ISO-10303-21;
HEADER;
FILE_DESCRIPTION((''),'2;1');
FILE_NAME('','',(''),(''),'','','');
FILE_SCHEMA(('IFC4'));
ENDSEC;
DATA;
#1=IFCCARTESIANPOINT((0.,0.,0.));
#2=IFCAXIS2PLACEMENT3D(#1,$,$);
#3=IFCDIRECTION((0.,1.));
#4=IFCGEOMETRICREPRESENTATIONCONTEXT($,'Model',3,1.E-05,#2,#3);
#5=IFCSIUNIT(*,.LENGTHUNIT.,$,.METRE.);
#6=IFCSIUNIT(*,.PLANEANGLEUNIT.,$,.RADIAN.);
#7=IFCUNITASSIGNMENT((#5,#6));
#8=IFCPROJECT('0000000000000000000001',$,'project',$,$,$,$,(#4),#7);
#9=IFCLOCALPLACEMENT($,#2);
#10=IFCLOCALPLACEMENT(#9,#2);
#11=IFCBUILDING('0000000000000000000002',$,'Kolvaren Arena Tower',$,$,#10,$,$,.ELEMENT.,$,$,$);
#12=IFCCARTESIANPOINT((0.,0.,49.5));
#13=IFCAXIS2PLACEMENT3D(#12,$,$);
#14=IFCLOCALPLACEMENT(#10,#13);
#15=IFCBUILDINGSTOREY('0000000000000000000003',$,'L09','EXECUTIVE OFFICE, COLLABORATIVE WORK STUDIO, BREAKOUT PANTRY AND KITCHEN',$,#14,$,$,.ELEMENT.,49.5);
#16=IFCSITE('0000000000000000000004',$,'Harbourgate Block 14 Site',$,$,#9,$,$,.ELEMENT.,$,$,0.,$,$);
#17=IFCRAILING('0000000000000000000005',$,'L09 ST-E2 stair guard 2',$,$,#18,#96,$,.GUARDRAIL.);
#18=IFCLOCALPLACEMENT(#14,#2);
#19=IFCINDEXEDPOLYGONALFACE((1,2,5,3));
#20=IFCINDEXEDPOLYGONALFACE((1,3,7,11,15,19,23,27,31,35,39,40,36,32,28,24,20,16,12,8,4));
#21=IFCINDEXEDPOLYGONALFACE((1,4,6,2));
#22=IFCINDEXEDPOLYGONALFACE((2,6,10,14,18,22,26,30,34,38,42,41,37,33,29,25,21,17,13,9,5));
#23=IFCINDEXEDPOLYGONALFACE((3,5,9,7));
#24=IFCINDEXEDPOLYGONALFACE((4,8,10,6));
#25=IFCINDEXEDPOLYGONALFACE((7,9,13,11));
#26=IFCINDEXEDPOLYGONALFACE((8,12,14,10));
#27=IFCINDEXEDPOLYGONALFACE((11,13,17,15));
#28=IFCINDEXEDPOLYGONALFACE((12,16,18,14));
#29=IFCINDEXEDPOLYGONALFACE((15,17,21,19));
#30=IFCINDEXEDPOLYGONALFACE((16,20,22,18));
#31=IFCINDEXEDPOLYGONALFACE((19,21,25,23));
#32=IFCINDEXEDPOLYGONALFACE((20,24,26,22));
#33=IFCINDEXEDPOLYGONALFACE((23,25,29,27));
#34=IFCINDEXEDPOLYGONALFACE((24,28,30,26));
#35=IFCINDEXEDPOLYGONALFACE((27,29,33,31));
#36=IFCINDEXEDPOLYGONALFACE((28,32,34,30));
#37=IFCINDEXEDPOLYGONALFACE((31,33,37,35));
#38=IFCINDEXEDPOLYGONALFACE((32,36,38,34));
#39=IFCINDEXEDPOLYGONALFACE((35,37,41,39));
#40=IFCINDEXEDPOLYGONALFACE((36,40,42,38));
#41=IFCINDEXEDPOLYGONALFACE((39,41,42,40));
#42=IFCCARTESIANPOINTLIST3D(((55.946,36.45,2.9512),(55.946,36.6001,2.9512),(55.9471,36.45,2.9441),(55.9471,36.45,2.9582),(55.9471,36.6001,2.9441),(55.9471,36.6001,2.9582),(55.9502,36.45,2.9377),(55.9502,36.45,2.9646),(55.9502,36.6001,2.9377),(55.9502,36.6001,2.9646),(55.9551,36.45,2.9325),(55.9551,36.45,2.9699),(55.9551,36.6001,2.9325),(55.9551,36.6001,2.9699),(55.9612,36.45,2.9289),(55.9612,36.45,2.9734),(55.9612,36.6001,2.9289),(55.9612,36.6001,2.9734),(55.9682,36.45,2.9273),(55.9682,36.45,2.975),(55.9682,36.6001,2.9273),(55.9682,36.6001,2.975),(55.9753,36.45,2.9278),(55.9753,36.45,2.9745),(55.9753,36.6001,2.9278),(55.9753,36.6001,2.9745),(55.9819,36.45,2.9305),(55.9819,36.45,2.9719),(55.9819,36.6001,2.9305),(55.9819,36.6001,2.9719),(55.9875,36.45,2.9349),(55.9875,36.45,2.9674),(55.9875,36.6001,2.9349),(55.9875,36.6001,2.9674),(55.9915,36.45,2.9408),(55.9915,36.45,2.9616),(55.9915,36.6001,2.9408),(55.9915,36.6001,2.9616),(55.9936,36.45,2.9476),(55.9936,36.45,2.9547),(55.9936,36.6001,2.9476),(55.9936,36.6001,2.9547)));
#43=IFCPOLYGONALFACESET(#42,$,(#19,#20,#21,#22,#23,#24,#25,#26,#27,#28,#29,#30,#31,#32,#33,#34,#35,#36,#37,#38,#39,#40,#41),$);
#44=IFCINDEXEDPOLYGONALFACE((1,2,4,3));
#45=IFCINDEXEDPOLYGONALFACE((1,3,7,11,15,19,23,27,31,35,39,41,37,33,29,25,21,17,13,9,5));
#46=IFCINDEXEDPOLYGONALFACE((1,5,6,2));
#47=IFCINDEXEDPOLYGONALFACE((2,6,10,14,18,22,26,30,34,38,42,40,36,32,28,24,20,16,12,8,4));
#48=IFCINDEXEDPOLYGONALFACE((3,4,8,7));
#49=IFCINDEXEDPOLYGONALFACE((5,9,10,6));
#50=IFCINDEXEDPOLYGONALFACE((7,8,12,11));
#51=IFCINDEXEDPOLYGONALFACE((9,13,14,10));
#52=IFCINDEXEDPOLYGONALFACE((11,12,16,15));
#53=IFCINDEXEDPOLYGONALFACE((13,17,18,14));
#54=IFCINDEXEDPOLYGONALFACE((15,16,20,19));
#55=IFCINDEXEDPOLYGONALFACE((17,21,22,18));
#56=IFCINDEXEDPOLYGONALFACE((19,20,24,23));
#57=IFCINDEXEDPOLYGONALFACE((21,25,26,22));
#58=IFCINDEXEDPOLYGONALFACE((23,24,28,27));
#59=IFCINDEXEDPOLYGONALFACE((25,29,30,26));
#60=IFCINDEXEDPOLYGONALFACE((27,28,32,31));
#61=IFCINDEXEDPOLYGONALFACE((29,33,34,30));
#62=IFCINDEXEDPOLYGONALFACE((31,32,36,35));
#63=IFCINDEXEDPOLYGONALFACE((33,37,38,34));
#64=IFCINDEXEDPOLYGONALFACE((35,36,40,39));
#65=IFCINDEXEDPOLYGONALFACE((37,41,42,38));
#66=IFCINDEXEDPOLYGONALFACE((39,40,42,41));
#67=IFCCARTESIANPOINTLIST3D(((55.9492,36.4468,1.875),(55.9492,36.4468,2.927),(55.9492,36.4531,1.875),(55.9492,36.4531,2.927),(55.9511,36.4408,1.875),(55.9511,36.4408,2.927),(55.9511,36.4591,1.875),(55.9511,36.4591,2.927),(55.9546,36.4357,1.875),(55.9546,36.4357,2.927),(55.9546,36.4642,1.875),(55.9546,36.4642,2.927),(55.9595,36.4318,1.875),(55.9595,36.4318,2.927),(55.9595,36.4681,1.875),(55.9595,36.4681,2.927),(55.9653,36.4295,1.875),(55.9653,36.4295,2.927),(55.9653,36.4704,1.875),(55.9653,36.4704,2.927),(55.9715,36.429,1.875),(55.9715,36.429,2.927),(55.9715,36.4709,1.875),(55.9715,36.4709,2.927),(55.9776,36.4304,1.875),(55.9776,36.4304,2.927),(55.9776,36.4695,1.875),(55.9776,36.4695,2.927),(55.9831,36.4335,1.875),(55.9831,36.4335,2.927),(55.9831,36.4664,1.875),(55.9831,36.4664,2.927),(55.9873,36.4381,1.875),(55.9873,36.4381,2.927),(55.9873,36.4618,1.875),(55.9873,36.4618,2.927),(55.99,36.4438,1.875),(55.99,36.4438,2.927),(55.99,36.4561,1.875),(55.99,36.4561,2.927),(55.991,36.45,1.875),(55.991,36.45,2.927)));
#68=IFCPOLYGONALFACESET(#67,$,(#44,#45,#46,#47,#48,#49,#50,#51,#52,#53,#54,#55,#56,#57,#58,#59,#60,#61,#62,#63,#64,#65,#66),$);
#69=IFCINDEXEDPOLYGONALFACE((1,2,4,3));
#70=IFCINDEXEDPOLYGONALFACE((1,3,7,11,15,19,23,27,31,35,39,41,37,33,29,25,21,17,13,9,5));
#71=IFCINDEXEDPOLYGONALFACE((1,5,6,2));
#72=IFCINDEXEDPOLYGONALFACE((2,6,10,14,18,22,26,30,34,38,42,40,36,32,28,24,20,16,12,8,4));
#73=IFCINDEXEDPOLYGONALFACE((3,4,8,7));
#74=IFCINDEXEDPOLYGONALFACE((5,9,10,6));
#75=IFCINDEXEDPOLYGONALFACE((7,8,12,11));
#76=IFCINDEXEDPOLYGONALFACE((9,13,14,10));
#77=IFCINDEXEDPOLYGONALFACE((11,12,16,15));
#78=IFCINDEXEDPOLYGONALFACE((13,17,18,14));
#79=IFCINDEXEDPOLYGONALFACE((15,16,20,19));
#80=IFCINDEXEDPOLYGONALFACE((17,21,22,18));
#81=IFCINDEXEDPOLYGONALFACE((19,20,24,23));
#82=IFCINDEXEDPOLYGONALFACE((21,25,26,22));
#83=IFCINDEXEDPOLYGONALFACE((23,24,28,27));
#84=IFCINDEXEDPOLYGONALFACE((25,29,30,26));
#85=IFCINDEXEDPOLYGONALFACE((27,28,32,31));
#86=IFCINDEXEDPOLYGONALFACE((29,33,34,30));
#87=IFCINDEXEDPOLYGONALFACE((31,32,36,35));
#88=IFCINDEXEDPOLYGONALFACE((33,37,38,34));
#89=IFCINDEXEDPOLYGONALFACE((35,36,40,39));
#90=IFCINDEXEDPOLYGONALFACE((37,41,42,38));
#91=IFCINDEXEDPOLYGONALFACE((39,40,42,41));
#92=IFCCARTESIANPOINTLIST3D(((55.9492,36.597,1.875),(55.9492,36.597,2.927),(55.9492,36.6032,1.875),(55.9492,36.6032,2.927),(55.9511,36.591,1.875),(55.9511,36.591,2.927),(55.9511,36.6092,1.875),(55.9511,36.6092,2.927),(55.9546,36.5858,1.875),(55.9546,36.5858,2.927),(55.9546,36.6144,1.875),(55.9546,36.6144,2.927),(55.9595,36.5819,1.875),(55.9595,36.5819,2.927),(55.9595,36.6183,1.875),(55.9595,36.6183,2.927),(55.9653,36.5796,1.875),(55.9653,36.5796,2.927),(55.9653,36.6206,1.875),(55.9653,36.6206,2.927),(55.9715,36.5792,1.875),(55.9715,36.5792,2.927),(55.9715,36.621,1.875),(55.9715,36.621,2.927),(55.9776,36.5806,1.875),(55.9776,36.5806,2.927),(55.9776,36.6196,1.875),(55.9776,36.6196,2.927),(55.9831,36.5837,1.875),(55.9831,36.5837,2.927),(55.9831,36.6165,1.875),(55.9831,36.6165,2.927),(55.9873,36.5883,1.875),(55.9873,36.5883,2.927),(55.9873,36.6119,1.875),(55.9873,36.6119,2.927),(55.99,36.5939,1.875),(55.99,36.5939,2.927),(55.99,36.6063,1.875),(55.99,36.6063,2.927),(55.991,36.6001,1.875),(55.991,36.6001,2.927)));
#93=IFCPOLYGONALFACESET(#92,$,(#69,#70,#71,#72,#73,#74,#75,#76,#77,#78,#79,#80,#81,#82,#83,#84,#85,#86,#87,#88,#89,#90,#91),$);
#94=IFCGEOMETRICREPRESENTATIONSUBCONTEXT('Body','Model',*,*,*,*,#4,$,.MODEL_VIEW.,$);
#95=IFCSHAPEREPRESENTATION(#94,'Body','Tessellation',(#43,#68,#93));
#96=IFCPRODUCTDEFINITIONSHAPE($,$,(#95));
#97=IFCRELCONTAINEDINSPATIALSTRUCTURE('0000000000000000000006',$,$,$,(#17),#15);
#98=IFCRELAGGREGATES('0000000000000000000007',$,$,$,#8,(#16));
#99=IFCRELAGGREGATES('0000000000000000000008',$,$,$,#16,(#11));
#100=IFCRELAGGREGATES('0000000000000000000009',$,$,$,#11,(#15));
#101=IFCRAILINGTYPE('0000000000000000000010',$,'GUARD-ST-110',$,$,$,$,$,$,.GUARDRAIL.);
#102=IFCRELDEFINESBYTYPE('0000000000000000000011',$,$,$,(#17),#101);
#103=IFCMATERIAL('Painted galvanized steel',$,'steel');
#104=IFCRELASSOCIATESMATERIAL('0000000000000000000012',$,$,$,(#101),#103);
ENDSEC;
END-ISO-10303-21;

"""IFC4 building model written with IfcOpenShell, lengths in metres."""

from ifc_helpers import new_model, si_unit, direction, frame, origin, origin_2d, place, context, subcontext, project, spatial, circle, extrude, material, type_object, element, save


model = new_model("IFC4")

# Units and contexts
model_context = context("Model", 3, precision=1e-05, world=origin(), true_north=direction((0.0, 1.0)))
body_context = subcontext(model_context, "Body", "Model", "MODEL_VIEW")
ifc_project = project(units=[si_unit("LENGTHUNIT", "METRE"), si_unit("PLANEANGLEUNIT", "RADIAN")], contexts=[model_context])

# Site, building, storey
site_placement = place(None, origin())
site = spatial("IfcSite", under=ifc_project, at=site_placement, Name="Harbourgate Block 14 Site", CompositionType="ELEMENT", RefElevation=0.0)
building_placement = place(site_placement, origin())
building = spatial("IfcBuilding", under=site, at=building_placement, Name="Kolvaren Arena Tower", CompositionType="ELEMENT")
storey_placement = place(building_placement, frame((0.0, 0.0, 49.5)))
storey = spatial("IfcBuildingStorey", under=building, at=storey_placement, Name="L09", Description="EXECUTIVE OFFICE, COLLABORATIVE WORK STUDIO, BREAKOUT PANTRY AND KITCHEN", CompositionType="ELEMENT", Elevation=49.5)

# Railing
ifc_material_1 = material(Name="Painted galvanized steel", Category="steel")
railing_type_1 = type_object("IfcRailingType", Name="GUARD-ST-110", PredefinedType="GUARDRAIL", material=ifc_material_1)
for number, where, name in (
    (1, (55.97, 36.45, 1.875), "L09 ST-E2 stair guard 2"),
):
    element("IfcRailing", number, at=place(storey_placement, frame(where)), inside=storey, type_object=railing_type_1, Name=name, PredefinedType="GUARDRAIL", context=body_context, shape_type="SweptSolid", body=[
        extrude(circle(Radius=0.0239, at=origin_2d()), frame((0.0, 0.0, 1.0762), z_axis=(0.0, 1.0, 0.0), x_axis=(-1.0, 0.0, 0.0)), (0.0, 0.0, 1.0), 0.1501),
        extrude(circle(Radius=0.021, at=origin_2d()), origin(), (0.0, 0.0, 1.0), 1.052),
        extrude(circle(Radius=0.021, at=origin_2d()), frame((0.0, 0.1501, 0.0)), (0.0, 0.0, 1.0), 1.052),
    ])

save(model, "model.ifc")
